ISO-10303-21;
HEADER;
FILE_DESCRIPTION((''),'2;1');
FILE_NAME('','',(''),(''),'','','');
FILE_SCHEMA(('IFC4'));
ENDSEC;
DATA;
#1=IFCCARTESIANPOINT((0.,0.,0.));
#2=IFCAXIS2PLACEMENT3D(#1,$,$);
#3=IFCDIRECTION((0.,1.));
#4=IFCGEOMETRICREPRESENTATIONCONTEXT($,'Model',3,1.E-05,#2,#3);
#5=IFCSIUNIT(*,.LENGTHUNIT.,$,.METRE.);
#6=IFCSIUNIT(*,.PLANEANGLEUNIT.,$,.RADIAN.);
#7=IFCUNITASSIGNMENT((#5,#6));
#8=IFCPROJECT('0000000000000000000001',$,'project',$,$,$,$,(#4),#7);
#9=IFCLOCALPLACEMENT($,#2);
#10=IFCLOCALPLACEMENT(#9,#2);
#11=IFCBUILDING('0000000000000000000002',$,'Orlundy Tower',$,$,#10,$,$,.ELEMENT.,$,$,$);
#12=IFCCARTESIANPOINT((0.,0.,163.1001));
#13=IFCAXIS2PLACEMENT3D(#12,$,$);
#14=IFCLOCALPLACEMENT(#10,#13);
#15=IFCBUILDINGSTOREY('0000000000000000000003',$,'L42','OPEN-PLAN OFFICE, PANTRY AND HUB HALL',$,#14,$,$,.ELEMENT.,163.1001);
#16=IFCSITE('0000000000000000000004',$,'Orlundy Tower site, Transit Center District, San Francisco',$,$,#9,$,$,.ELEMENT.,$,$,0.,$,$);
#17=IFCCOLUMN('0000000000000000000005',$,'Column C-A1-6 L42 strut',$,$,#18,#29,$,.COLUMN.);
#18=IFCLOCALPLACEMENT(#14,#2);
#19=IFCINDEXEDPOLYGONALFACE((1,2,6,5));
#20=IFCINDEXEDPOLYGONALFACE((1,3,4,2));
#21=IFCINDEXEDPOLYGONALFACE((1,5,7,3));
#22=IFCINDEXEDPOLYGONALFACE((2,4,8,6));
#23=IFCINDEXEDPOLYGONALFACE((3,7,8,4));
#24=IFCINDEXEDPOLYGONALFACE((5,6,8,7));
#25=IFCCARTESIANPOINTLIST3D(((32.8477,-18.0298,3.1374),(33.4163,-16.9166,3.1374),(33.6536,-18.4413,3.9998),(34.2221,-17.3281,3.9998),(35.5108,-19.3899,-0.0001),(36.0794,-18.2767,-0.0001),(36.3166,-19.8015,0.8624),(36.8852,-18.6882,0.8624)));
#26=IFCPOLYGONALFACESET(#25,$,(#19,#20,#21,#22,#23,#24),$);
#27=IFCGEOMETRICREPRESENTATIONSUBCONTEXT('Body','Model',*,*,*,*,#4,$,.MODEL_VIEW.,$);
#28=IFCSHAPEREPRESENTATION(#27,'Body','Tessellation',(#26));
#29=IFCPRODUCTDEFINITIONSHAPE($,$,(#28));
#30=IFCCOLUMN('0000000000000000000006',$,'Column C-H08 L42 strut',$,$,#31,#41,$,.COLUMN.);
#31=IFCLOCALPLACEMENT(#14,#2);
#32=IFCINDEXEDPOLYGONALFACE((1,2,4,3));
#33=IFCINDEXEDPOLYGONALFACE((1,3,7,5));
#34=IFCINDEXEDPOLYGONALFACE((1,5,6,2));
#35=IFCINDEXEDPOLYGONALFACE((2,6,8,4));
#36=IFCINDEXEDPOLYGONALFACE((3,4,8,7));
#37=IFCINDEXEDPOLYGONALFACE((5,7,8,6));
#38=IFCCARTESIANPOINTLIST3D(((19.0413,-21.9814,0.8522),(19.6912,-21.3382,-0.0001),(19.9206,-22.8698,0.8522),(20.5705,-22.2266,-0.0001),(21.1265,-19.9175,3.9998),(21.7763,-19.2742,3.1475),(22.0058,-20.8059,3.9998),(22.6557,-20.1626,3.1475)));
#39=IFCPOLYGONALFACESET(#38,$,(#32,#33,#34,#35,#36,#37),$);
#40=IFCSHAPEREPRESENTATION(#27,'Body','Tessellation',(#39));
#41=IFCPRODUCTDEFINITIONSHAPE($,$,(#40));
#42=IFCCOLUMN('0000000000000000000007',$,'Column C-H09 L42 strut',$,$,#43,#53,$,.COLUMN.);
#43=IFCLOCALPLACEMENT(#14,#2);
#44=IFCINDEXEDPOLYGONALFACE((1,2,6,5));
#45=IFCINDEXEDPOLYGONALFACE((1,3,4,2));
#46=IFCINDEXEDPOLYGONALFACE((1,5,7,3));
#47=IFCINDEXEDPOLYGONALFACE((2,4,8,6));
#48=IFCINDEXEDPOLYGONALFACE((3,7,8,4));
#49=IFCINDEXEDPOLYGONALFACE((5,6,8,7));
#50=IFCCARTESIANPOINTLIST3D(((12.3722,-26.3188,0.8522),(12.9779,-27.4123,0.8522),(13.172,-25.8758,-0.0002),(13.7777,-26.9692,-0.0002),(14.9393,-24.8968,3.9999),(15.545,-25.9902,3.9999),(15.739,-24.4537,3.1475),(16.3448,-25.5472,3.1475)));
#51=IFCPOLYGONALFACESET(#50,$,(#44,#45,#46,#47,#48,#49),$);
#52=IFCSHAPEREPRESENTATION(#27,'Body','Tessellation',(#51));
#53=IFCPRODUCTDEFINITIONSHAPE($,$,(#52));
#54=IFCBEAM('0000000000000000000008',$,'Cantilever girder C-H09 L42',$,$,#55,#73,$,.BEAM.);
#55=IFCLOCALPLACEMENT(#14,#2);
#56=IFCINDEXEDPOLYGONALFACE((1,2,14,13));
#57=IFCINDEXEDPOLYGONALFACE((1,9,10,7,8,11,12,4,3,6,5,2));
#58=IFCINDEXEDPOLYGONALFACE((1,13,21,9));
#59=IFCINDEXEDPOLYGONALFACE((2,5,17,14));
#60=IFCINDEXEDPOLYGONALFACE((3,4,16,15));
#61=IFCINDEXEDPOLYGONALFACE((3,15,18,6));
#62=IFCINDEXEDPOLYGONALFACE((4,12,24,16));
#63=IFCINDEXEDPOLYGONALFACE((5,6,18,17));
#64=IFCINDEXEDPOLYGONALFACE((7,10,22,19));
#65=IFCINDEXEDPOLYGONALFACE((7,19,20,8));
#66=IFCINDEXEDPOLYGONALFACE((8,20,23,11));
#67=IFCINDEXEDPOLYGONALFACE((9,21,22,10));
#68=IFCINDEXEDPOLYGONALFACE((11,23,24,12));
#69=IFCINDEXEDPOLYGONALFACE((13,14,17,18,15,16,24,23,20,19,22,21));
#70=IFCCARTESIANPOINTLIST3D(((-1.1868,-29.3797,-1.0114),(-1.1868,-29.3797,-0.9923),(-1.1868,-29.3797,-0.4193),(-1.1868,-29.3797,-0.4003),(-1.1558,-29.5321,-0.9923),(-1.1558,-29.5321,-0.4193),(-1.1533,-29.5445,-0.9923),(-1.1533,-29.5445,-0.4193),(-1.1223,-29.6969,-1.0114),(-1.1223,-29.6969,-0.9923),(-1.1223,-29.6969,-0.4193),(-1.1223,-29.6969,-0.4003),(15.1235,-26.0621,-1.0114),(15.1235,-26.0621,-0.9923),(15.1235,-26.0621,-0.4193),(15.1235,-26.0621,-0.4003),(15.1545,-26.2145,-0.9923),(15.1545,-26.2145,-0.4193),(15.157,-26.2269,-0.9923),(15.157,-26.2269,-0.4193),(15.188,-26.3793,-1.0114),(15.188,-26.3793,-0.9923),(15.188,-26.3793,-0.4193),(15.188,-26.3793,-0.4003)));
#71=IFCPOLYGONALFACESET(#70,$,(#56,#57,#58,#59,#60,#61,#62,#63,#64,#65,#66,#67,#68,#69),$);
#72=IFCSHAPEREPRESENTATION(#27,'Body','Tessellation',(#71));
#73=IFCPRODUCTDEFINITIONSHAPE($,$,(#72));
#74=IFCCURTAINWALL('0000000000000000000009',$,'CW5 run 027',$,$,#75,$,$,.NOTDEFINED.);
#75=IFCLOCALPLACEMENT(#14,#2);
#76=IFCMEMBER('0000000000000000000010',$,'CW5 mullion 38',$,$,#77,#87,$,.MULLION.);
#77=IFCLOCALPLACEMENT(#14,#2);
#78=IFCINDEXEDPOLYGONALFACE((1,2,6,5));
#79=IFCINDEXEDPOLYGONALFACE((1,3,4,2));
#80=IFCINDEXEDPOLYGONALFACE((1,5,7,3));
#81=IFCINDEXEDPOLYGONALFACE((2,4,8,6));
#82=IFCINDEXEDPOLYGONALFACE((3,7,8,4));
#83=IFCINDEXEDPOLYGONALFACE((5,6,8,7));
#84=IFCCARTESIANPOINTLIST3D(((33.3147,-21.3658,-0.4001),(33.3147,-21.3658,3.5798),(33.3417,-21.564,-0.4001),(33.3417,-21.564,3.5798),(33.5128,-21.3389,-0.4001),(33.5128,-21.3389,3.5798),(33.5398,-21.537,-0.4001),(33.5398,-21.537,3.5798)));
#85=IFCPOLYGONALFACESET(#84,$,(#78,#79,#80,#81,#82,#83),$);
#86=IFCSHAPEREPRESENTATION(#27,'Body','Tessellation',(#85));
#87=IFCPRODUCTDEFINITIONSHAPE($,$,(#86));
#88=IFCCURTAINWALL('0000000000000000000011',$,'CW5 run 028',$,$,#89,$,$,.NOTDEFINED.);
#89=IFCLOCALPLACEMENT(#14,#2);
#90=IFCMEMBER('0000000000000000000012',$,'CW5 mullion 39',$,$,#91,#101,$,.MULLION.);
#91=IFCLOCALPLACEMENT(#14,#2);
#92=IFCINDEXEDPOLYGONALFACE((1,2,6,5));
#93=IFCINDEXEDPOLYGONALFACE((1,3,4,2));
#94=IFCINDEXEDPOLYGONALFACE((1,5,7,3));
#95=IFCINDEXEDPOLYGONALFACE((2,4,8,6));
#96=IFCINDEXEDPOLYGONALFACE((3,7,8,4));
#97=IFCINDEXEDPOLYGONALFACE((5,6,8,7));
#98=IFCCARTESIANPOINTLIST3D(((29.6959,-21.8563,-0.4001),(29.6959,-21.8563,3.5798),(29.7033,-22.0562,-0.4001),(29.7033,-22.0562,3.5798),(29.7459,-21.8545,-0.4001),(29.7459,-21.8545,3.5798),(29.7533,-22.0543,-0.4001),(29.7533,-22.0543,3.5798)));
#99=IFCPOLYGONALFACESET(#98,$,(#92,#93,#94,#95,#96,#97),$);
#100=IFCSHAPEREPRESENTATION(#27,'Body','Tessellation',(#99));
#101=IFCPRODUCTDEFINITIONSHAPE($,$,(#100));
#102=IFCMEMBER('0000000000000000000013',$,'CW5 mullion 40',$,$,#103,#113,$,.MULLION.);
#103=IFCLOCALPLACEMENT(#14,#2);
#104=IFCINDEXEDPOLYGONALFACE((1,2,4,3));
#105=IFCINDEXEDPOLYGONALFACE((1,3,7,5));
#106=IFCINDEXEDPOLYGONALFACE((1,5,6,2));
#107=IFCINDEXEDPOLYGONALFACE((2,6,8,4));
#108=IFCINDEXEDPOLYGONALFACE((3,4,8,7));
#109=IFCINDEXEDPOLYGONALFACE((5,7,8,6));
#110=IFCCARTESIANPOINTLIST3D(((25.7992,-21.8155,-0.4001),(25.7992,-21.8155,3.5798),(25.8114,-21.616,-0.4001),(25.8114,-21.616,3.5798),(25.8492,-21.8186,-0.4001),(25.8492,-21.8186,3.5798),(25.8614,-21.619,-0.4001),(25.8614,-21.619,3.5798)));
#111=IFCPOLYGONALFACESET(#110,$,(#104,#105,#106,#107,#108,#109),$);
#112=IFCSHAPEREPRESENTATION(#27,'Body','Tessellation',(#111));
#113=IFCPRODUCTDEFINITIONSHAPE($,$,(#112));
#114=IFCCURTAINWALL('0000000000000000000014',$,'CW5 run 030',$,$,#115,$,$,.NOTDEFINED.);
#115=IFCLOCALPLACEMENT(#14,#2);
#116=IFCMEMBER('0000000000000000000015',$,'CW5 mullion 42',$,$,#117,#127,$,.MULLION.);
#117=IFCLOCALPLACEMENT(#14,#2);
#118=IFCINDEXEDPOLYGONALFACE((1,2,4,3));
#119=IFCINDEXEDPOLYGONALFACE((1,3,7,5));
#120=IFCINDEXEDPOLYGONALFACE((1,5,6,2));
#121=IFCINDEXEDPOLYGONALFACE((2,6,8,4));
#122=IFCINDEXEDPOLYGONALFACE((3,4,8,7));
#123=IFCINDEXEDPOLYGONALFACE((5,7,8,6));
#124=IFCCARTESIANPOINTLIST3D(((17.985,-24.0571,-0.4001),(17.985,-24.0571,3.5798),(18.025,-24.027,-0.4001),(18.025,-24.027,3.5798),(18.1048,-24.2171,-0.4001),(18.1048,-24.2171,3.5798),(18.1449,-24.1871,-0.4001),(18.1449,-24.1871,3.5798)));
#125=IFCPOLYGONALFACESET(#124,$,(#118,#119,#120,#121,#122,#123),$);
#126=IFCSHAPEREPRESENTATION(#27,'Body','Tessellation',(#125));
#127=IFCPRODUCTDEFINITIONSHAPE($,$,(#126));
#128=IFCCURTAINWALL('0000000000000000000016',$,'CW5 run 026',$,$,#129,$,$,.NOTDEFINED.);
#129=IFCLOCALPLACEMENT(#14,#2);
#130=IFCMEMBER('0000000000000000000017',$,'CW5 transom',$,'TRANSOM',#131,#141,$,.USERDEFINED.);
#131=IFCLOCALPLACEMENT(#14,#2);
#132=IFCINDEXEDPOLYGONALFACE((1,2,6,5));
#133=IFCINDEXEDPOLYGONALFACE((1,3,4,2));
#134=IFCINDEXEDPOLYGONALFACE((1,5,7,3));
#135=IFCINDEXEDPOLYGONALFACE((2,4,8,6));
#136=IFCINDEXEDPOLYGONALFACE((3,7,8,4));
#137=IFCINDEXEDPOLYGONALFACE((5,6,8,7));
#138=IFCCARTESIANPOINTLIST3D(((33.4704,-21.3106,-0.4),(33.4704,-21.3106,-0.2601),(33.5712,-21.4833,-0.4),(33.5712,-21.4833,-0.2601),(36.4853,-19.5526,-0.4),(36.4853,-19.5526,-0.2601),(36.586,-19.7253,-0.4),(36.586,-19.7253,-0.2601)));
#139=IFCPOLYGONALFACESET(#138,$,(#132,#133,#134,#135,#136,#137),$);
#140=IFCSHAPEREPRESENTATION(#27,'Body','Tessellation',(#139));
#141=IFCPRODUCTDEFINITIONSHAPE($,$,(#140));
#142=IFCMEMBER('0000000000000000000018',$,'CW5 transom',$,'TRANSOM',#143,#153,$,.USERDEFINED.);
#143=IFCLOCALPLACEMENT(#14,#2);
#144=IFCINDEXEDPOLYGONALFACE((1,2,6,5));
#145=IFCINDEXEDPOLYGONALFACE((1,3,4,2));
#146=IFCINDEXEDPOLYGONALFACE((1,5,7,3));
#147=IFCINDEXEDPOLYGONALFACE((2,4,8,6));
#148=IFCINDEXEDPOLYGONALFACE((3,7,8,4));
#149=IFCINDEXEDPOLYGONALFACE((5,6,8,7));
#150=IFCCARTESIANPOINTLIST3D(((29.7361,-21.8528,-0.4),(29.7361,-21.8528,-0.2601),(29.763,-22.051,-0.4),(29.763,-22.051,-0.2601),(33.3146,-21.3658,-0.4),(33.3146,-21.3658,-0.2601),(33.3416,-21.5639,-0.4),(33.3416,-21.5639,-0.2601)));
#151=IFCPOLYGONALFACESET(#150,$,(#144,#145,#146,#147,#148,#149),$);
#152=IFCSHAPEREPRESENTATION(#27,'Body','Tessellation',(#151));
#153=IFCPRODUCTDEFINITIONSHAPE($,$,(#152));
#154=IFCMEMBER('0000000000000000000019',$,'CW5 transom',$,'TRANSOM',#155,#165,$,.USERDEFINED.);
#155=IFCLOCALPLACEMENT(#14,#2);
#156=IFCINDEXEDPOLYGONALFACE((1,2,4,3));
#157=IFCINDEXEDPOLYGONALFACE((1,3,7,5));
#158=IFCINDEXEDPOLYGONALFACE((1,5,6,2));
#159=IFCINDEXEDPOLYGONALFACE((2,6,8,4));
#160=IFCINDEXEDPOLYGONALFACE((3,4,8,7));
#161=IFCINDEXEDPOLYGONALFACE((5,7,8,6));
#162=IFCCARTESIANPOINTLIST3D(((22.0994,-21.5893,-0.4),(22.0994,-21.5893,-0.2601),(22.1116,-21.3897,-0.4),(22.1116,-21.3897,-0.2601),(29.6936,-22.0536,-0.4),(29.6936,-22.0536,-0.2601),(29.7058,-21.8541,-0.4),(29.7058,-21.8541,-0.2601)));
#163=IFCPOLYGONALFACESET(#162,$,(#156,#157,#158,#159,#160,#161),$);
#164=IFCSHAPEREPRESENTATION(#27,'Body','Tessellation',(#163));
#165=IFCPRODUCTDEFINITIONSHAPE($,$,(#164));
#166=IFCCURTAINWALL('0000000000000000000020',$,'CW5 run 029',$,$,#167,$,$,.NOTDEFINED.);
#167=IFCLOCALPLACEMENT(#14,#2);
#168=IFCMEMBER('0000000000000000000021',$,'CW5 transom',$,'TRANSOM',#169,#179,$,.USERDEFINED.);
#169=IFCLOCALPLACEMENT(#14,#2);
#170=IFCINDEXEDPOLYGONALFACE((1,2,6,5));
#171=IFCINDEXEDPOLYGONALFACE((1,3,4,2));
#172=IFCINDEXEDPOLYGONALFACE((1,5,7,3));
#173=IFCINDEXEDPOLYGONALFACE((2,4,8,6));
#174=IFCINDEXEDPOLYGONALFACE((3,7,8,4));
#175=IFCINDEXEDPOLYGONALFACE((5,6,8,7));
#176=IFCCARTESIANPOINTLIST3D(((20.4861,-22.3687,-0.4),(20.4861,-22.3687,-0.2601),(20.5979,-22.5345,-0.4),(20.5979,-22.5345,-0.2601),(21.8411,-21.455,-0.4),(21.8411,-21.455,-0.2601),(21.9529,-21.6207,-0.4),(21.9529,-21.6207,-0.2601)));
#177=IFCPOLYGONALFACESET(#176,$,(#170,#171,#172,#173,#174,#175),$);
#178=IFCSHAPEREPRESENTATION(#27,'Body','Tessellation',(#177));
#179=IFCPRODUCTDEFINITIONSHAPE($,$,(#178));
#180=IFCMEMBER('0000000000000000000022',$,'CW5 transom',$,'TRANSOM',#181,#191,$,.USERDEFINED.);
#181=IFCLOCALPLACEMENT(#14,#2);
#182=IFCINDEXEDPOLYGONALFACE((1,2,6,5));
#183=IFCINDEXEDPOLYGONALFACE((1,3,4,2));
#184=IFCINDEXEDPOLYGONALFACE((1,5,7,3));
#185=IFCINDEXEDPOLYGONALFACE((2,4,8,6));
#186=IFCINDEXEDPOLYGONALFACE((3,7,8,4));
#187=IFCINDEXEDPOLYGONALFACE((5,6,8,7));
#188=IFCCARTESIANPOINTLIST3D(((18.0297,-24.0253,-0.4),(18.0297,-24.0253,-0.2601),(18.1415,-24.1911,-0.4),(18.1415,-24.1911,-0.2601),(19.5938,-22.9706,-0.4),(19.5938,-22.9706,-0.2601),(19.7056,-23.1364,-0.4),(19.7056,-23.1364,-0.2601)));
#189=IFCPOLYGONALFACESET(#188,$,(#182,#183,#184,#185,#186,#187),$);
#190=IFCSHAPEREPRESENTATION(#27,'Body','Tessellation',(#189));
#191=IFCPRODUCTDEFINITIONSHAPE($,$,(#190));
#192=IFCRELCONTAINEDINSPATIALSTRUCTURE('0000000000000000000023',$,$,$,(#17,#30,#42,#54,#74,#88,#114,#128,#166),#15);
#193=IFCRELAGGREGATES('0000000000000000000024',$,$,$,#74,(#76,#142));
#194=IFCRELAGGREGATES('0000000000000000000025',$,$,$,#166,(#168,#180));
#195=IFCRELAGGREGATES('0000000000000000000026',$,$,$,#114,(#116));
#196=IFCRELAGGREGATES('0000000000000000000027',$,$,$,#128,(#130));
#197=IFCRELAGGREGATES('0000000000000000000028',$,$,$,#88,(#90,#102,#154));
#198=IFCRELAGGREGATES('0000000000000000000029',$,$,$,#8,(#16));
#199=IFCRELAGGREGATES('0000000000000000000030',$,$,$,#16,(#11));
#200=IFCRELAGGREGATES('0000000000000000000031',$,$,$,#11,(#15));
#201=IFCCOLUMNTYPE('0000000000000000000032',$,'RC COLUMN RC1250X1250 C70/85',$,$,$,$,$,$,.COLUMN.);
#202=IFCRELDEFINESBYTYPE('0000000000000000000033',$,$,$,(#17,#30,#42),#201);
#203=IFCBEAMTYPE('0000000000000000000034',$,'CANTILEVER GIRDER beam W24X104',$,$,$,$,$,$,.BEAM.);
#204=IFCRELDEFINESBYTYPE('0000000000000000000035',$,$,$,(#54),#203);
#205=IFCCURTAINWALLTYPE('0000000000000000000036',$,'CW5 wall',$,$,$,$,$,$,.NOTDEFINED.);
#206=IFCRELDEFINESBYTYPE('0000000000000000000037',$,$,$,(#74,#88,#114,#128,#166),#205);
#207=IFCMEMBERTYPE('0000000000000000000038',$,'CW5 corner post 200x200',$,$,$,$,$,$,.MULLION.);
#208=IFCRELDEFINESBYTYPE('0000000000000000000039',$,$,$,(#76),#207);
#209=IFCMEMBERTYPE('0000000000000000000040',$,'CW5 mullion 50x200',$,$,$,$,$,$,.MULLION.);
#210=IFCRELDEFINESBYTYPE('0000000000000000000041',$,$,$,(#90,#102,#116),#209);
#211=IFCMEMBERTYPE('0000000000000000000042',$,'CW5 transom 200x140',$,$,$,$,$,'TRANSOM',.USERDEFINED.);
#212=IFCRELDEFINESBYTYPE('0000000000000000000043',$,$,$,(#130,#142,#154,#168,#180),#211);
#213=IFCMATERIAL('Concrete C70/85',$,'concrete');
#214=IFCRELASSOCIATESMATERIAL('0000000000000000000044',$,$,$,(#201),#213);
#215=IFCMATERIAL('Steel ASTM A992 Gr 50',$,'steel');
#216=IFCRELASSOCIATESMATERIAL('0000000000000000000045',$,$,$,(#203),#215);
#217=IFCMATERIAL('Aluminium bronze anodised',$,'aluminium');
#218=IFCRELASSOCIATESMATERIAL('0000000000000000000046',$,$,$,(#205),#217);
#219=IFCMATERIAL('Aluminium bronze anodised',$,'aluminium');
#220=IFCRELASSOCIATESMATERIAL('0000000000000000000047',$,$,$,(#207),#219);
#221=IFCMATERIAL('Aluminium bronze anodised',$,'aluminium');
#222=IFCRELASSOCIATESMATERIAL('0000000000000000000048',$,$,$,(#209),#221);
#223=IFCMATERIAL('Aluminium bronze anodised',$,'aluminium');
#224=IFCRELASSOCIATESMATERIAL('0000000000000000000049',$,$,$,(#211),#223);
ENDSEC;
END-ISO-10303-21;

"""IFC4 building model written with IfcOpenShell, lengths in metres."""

from ifc_helpers import new_model, si_unit, direction, frame, origin, origin_2d, place, context, subcontext, project, spatial, rectangle, i_section, extrude, material, material_profile, profile_set, type_object, element, aggregate, save


model = new_model("IFC4")

# Units and contexts
model_context = context("Model", 3, precision=1e-05, world=origin(), true_north=direction((0.0, 1.0)))
body_context = subcontext(model_context, "Body", "Model", "MODEL_VIEW")
ifc_project = project(units=[si_unit("LENGTHUNIT", "METRE"), si_unit("PLANEANGLEUNIT", "RADIAN")], contexts=[model_context])

# Site, building, storey
site_placement = place(None, origin())
site = spatial("IfcSite", under=ifc_project, at=site_placement, Name="Orlundy Tower site, Transit Center District, San Francisco", CompositionType="ELEMENT", RefElevation=0.0)
building_placement = place(site_placement, origin())
building = spatial("IfcBuilding", under=site, at=building_placement, Name="Orlundy Tower", CompositionType="ELEMENT")
storey_placement = place(building_placement, frame((0.0, 0.0, 163.1001)))
storey = spatial("IfcBuildingStorey", under=building, at=storey_placement, Name="L42", Description="OPEN-PLAN OFFICE, PANTRY AND HUB HALL", CompositionType="ELEMENT", Elevation=163.1001)

# Columns
ifc_material_1 = material(Name="Concrete C70/85", Category="concrete")
ifc_material_profile_1 = material_profile(ifc_material_1, rectangle(XDim=1.25, YDim=1.25, at=origin_2d()), Name="RC1250X1250")
ifc_profile_set_1 = profile_set([ifc_material_profile_1], Name="Concrete C70/85")
column_type = type_object("IfcColumnType", Name="RC COLUMN RC1250X1250 C70/85", PredefinedType="COLUMN", material=ifc_profile_set_1)
column_1_placement = place(storey_placement, frame((36.198, -19.0391, 0.4312), z_axis=(-0.614432, 0.313806, 0.723878), x_axis=(-0.454839, -0.890574, 0.0)))
element("IfcColumn", 1, at=column_1_placement, inside=storey, type_object=column_type, Name="Column C-A1-6 L42 strut", PredefinedType="COLUMN", context=body_context, shape_type="SweptSolid", body=[
    extrude(rectangle(XDim=1.25, YDim=1.25, at=origin_2d()), origin(), (0.0, 0.0, 1.0), 4.3342),
])
column_2_placement = place(storey_placement, frame((19.8059, -22.104, 0.426), z_axis=(0.48459, 0.479654, 0.731509), x_axis=(-0.703478, 0.710717, 0.0)))
element("IfcColumn", 2, at=column_2_placement, inside=storey, type_object=column_type, Name="Column C-H08 L42 strut", PredefinedType="COLUMN", context=body_context, shape_type="SweptSolid", body=[
    extrude(rectangle(XDim=1.25, YDim=1.25, at=origin_2d()), origin(), (0.0, 0.0, 1.0), 4.303),
])
column_3_placement = place(storey_placement, frame((13.075, -26.644, 0.426), z_axis=(0.596514, 0.330451, 0.731418), x_axis=(-0.484583, 0.874745, 0.0)))
element("IfcColumn", 3, at=column_3_placement, inside=storey, type_object=column_type, Name="Column C-H09 L42 strut", PredefinedType="COLUMN", context=body_context, shape_type="SweptSolid", body=[
    extrude(rectangle(XDim=1.25, YDim=1.25, at=origin_2d()), origin(), (0.0, 0.0, 1.0), 4.3035),
])

# Beam
ifc_material_2 = material(Name="Steel ASTM A992 Gr 50", Category="steel")
ifc_material_profile_2 = material_profile(ifc_material_2, i_section(OverallWidth=0.3237, OverallDepth=0.6111, WebThickness=0.0127, FlangeThickness=0.019, at=origin_2d()), Name="W24X104")
ifc_profile_set_2 = profile_set([ifc_material_profile_2], Name="Steel ASTM A992 Gr 50")
beam_type = type_object("IfcBeamType", Name="CANTILEVER GIRDER beam W24X104", PredefinedType="BEAM", material=ifc_profile_set_2)
beam_placement = place(storey_placement, frame((15.1558, -26.2207, -0.7058), z_axis=(-0.979933, -0.199325, 0.0), x_axis=(0.199325, -0.979933, 0.0)))
element("IfcBeam", 4, at=beam_placement, inside=storey, type_object=beam_type, Name="Cantilever girder C-H09 L42", PredefinedType="BEAM", context=body_context, shape_type="SweptSolid", body=[
    extrude(i_section(OverallWidth=0.3237, OverallDepth=0.6111, WebThickness=0.0127, FlangeThickness=0.019, at=origin_2d()), origin(), (0.0, 0.0, 1.0), 16.6443),
])

# Curtain wall, member
ifc_material_3 = material(Name="Aluminium bronze anodised", Category="aluminium")
curtain_wall_type = type_object("IfcCurtainWallType", Name="CW5 wall", PredefinedType="NOTDEFINED", material=ifc_material_3)
curtain_wall_1_placement = place(storey_placement, origin())
curtain_wall_1 = element("IfcCurtainWall", 5, at=curtain_wall_1_placement, inside=storey, type_object=curtain_wall_type, Name="CW5 run 027", PredefinedType="NOTDEFINED")
ifc_material_4 = material(Name="Aluminium bronze anodised", Category="aluminium")
ifc_material_profile_3 = material_profile(ifc_material_4, rectangle(XDim=0.2, YDim=0.2, at=origin_2d()), Name="CW5 corner post 200x200")
ifc_profile_set_3 = profile_set([ifc_material_profile_3], Name="Aluminium bronze anodised")
member_type_1 = type_object("IfcMemberType", Name="CW5 corner post 200x200", PredefinedType="MULLION", material=ifc_profile_set_3)
member_1_placement = place(storey_placement, frame((33.4272, -21.4514, -0.4001), z_axis=(0.0, 0.0, 1.0), x_axis=(0.134884, -0.990861, 0.0)))
member_1 = element("IfcMember", 6, at=member_1_placement, type_object=member_type_1, Name="CW5 mullion 38", PredefinedType="MULLION", context=body_context, shape_type="SweptSolid", body=[
    extrude(rectangle(XDim=0.2, YDim=0.2, at=origin_2d()), origin(), (0.0, 0.0, 1.0), 3.98),
])

# Curtain wall, members
curtain_wall_2_placement = place(storey_placement, origin())
curtain_wall_2 = element("IfcCurtainWall", 7, at=curtain_wall_2_placement, inside=storey, type_object=curtain_wall_type, Name="CW5 run 028", PredefinedType="NOTDEFINED")
ifc_material_5 = material(Name="Aluminium bronze anodised", Category="aluminium")
ifc_material_profile_4 = material_profile(ifc_material_5, rectangle(XDim=0.2, YDim=0.05, at=origin_2d()), Name="CW5 mullion 50x200")
ifc_profile_set_4 = profile_set([ifc_material_profile_4], Name="Aluminium bronze anodised")
member_type_2 = type_object("IfcMemberType", Name="CW5 mullion 50x200", PredefinedType="MULLION", material=ifc_profile_set_4)
member_2_placement = place(storey_placement, frame((29.7246, -21.9553, -0.4001), z_axis=(0.0, 0.0, 1.0), x_axis=(0.037108, -0.999311, 0.0)))
member_2 = element("IfcMember", 8, at=member_2_placement, type_object=member_type_2, Name="CW5 mullion 39", PredefinedType="MULLION", context=body_context, shape_type="SweptSolid", body=[
    extrude(rectangle(XDim=0.2, YDim=0.05, at=origin_2d()), origin(), (0.0, 0.0, 1.0), 3.98),
])
member_3_placement = place(storey_placement, frame((25.8303, -21.7173, -0.4001), z_axis=(0.0, 0.0, 1.0), x_axis=(-0.061026, -0.998136, 0.0)))
member_3 = element("IfcMember", 9, at=member_3_placement, type_object=member_type_2, Name="CW5 mullion 40", PredefinedType="MULLION", context=body_context, shape_type="SweptSolid", body=[
    extrude(rectangle(XDim=0.2, YDim=0.05, at=origin_2d()), origin(), (0.0, 0.0, 1.0), 3.98),
])

# Curtain walls, members
curtain_wall_3_placement = place(storey_placement, origin())
curtain_wall_3 = element("IfcCurtainWall", 10, at=curtain_wall_3_placement, inside=storey, type_object=curtain_wall_type, Name="CW5 run 030", PredefinedType="NOTDEFINED")
member_4_placement = place(storey_placement, frame((18.0649, -24.1221, -0.4001), z_axis=(0.0, 0.0, 1.0), x_axis=(0.599481, -0.800389, 0.0)))
member_4 = element("IfcMember", 11, at=member_4_placement, type_object=member_type_2, Name="CW5 mullion 42", PredefinedType="MULLION", context=body_context, shape_type="SweptSolid", body=[
    extrude(rectangle(XDim=0.2, YDim=0.05, at=origin_2d()), origin(), (0.0, 0.0, 1.0), 3.98),
])
curtain_wall_4_placement = place(storey_placement, origin())
curtain_wall_4 = element("IfcCurtainWall", 12, at=curtain_wall_4_placement, inside=storey, type_object=curtain_wall_type, Name="CW5 run 026", PredefinedType="NOTDEFINED")
ifc_material_6 = material(Name="Aluminium bronze anodised", Category="aluminium")
ifc_material_profile_5 = material_profile(ifc_material_6, rectangle(XDim=0.2, YDim=0.1399, at=origin_2d()), Name="CW5 transom 200x140")
ifc_profile_set_5 = profile_set([ifc_material_profile_5], Name="Aluminium bronze anodised")
member_type_3 = type_object("IfcMemberType", Name="CW5 transom 200x140", ElementType="TRANSOM", PredefinedType="USERDEFINED", material=ifc_profile_set_5)
member_5_placement = place(storey_placement, frame((36.5356, -19.6389, -0.3301), z_axis=(-0.863858, -0.503736, 0.0), x_axis=(0.503736, -0.863858, 0.0)))
member_5 = element("IfcMember", 13, at=member_5_placement, type_object=member_type_3, Name="CW5 transom", ObjectType="TRANSOM", PredefinedType="USERDEFINED", context=body_context, shape_type="SweptSolid", body=[
    extrude(rectangle(XDim=0.2, YDim=0.1399, at=origin_2d()), origin(), (0.0, 0.0, 1.0), 3.49),
])

# Members
member_6_placement = place(storey_placement, frame((33.3281, -21.4648, -0.3301), z_axis=(-0.990865, -0.13486, 0.0), x_axis=(0.13486, -0.990865, 0.0)))
member_6 = element("IfcMember", 14, at=member_6_placement, type_object=member_type_3, Name="CW5 transom", ObjectType="TRANSOM", PredefinedType="USERDEFINED", context=body_context, shape_type="SweptSolid", body=[
    extrude(rectangle(XDim=0.2, YDim=0.1399, at=origin_2d()), origin(), (0.0, 0.0, 1.0), 3.6116),
])
member_7_placement = place(storey_placement, frame((29.6997, -21.9539, -0.3301), z_axis=(-0.998136, 0.061032, 0.0), x_axis=(-0.061032, -0.998136, 0.0)))
member_7 = element("IfcMember", 15, at=member_7_placement, type_object=member_type_3, Name="CW5 transom", ObjectType="TRANSOM", PredefinedType="USERDEFINED", context=body_context, shape_type="SweptSolid", body=[
    extrude(rectangle(XDim=0.2, YDim=0.1399, at=origin_2d()), origin(), (0.0, 0.0, 1.0), 7.6084),
])

# Curtain wall, members
curtain_wall_5_placement = place(storey_placement, origin())
curtain_wall_5 = element("IfcCurtainWall", 16, at=curtain_wall_5_placement, inside=storey, type_object=curtain_wall_type, Name="CW5 run 029", PredefinedType="NOTDEFINED")
member_8_placement = place(storey_placement, frame((21.897, -21.5378, -0.3301), z_axis=(-0.829074, -0.559139, 0.0), x_axis=(0.559139, -0.829074, 0.0)))
member_8 = element("IfcMember", 17, at=member_8_placement, type_object=member_type_3, Name="CW5 transom", ObjectType="TRANSOM", PredefinedType="USERDEFINED", context=body_context, shape_type="SweptSolid", body=[
    extrude(rectangle(XDim=0.2, YDim=0.1399, at=origin_2d()), origin(), (0.0, 0.0, 1.0), 1.6343),
])
member_9_placement = place(storey_placement, frame((19.6497, -23.0535, -0.3301), z_axis=(-0.829092, -0.559113, 0.0), x_axis=(0.559113, -0.829092, 0.0)))
member_9 = element("IfcMember", 18, at=member_9_placement, type_object=member_type_3, Name="CW5 transom", ObjectType="TRANSOM", PredefinedType="USERDEFINED", context=body_context, shape_type="SweptSolid", body=[
    extrude(rectangle(XDim=0.2, YDim=0.1399, at=origin_2d()), origin(), (0.0, 0.0, 1.0), 1.8865),
])

aggregate(curtain_wall_1, [member_1, member_6])
aggregate(curtain_wall_5, [member_8, member_9])
aggregate(curtain_wall_3, [member_4])
aggregate(curtain_wall_4, [member_5])
aggregate(curtain_wall_2, [member_2, member_3, member_7])

save(model, "model.ifc")
